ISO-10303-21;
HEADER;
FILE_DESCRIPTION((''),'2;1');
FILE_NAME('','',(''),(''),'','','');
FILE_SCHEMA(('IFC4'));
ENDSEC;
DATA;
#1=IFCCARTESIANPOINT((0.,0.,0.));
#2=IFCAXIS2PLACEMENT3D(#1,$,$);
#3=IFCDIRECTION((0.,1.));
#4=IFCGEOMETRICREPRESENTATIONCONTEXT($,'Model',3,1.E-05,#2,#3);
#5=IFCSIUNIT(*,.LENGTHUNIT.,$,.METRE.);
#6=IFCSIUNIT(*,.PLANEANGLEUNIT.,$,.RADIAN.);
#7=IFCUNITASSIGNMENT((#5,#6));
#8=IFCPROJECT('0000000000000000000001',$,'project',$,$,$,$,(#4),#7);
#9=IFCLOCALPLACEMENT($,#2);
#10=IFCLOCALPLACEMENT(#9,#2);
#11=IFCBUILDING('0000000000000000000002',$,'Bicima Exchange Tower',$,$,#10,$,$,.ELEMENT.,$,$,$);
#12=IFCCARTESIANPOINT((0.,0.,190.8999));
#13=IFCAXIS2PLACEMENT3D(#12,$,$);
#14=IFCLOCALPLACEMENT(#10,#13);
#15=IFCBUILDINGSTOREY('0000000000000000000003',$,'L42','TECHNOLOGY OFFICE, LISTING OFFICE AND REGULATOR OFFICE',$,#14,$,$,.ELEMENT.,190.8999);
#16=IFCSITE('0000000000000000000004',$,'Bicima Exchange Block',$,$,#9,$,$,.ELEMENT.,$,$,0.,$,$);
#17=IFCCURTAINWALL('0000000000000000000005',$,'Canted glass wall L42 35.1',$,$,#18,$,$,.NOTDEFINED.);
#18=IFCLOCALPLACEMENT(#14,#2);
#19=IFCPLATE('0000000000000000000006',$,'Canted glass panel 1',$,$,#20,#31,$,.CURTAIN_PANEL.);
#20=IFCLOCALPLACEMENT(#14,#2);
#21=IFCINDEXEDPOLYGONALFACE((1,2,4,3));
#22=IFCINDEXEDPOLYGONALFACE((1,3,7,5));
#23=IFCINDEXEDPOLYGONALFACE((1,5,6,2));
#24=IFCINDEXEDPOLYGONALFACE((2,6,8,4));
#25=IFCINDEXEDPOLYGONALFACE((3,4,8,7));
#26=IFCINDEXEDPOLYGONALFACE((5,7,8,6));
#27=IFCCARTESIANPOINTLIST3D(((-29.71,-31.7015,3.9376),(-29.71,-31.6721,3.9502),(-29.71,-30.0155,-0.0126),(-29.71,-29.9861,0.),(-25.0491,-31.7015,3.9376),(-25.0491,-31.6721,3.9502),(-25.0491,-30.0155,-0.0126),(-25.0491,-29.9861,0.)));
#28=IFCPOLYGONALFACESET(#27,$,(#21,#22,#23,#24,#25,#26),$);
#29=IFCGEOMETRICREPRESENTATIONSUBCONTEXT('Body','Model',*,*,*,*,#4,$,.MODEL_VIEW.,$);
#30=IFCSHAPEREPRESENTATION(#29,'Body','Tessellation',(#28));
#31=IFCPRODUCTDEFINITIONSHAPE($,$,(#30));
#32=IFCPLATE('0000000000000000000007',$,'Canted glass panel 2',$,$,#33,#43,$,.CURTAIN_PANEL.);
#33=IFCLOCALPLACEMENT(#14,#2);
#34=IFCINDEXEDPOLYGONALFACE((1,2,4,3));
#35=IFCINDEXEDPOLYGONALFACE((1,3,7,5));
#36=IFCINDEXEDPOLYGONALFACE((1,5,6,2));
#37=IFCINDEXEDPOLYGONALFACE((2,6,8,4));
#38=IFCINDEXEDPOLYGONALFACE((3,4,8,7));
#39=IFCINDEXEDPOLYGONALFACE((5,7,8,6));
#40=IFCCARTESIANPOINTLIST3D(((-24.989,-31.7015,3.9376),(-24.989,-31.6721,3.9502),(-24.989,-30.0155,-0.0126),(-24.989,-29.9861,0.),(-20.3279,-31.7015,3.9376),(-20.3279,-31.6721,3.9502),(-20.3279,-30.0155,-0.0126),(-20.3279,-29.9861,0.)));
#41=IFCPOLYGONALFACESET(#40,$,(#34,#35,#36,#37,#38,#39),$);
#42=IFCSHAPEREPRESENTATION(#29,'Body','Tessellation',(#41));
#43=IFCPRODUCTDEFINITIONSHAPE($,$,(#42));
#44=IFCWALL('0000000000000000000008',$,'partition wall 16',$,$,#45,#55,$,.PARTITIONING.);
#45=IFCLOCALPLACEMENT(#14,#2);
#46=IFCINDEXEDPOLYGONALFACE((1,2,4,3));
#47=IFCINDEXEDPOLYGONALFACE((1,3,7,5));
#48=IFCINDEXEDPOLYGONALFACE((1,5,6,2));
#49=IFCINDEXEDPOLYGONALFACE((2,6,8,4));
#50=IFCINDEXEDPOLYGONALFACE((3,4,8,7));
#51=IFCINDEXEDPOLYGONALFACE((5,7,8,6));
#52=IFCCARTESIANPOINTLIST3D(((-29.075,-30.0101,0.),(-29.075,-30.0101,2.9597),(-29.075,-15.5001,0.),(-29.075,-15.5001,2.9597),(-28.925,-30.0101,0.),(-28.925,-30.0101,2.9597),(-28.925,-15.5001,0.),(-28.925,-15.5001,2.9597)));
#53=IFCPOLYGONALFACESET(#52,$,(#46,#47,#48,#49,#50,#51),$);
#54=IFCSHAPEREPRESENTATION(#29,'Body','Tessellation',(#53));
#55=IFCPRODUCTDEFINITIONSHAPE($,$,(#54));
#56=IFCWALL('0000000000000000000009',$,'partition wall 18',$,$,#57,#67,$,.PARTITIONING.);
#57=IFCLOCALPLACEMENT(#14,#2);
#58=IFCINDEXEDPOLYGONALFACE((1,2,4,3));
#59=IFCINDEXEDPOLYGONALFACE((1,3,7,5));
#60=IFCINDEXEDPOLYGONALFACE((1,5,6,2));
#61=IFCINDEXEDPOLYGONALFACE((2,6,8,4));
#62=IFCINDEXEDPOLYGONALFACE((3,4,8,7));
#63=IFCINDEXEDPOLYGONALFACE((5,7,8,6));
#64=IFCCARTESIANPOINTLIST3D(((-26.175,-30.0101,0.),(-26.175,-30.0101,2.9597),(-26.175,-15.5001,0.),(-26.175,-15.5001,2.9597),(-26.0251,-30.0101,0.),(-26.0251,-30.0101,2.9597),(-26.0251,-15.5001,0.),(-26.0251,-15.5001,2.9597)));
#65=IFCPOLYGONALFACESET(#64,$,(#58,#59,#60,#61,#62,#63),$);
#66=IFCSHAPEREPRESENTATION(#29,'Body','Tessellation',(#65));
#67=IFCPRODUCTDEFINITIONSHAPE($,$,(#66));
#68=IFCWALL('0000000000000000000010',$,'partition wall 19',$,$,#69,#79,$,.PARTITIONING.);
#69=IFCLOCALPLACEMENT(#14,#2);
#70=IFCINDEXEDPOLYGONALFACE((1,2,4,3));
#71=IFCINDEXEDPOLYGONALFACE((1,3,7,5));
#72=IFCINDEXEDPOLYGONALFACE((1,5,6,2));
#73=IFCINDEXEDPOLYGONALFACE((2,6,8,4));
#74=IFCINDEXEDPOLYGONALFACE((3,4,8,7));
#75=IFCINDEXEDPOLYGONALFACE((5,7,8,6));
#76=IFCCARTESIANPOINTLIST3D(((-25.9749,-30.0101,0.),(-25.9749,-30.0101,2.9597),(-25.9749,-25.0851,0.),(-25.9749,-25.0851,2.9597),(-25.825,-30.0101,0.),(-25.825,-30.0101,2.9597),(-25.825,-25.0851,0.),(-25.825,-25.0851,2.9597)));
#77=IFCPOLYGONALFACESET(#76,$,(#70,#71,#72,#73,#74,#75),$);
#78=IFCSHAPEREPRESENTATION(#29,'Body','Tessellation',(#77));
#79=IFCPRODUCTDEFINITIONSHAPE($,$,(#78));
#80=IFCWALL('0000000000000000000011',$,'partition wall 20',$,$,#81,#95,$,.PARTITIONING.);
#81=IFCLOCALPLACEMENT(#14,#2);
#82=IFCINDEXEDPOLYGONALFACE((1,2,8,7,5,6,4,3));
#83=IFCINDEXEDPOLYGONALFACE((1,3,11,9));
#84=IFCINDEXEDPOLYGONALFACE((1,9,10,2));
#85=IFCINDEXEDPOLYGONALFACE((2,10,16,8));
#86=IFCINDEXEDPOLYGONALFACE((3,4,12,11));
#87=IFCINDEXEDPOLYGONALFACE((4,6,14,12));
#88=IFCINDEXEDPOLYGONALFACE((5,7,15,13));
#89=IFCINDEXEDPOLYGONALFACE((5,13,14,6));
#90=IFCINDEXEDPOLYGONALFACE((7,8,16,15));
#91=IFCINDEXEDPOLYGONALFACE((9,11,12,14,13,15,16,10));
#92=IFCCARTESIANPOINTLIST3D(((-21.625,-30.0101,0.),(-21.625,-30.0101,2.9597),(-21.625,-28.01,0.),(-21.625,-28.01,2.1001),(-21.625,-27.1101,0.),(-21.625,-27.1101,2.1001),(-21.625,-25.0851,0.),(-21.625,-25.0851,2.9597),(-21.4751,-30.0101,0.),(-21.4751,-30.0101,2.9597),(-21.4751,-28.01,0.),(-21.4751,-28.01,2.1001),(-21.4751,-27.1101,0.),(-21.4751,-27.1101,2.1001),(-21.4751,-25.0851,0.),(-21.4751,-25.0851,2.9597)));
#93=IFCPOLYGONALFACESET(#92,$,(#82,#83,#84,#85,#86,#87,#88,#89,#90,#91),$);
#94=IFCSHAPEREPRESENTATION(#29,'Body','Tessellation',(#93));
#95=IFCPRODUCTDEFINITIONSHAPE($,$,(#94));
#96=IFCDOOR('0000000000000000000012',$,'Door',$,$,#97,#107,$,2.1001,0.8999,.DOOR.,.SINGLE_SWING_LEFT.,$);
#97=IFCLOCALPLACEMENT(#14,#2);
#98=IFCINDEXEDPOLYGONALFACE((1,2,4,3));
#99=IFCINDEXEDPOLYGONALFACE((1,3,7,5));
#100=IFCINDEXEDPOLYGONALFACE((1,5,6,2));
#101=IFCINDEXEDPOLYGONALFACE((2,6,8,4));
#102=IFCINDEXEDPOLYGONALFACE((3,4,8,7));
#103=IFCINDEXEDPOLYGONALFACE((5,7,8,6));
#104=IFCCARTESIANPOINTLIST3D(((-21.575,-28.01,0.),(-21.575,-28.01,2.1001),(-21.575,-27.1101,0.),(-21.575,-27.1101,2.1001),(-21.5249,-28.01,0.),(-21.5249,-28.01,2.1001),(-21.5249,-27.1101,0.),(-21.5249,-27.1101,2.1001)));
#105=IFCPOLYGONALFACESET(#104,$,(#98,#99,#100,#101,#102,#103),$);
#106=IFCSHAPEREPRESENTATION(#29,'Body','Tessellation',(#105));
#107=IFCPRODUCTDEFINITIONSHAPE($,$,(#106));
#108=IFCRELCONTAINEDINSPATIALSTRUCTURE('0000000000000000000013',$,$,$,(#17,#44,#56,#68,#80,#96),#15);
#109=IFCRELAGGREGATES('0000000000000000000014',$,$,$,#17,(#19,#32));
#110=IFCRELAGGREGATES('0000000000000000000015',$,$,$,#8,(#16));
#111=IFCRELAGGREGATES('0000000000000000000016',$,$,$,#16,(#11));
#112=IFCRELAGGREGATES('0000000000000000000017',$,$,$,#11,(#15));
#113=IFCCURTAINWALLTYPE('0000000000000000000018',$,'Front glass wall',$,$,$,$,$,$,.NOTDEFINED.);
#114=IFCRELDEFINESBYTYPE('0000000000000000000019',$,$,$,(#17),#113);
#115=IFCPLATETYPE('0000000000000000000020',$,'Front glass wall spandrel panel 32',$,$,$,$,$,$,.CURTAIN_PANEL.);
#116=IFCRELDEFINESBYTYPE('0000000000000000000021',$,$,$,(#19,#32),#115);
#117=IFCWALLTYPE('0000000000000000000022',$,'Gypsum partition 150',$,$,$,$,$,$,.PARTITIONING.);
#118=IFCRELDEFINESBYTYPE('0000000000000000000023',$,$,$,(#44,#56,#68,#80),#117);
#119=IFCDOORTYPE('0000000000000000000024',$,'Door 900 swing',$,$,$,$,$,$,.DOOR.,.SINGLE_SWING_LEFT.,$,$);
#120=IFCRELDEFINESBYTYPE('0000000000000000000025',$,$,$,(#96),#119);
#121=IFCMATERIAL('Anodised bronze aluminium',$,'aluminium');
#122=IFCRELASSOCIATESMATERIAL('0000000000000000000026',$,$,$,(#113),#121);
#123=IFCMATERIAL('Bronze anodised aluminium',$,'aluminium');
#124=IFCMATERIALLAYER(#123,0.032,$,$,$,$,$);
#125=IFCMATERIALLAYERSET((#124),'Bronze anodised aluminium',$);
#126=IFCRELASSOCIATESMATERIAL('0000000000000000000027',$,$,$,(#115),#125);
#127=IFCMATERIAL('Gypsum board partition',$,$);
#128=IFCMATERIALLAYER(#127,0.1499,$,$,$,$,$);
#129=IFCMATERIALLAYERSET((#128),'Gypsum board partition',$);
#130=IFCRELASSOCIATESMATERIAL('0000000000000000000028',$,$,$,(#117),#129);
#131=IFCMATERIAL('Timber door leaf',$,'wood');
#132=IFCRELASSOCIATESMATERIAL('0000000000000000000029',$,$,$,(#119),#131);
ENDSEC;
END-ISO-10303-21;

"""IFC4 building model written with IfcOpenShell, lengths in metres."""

from ifc_helpers import new_model, si_unit, direction, frame, frame_2d, origin, place, context, subcontext, project, spatial, polyline, rectangle, outline, extrude, material, layer, layer_set, type_object, element, fill, aggregate, save


model = new_model("IFC4")

# Units and contexts
model_context = context("Model", 3, precision=1e-05, world=origin(), true_north=direction((0.0, 1.0)))
body_context = subcontext(model_context, "Body", "Model", "MODEL_VIEW")
ifc_project = project(units=[si_unit("LENGTHUNIT", "METRE"), si_unit("PLANEANGLEUNIT", "RADIAN")], contexts=[model_context])

# Site, building, storey
site_placement = place(None, origin())
site = spatial("IfcSite", under=ifc_project, at=site_placement, Name="Bicima Exchange Block", CompositionType="ELEMENT", RefElevation=0.0)
building_placement = place(site_placement, origin())
building = spatial("IfcBuilding", under=site, at=building_placement, Name="Bicima Exchange Tower", CompositionType="ELEMENT")
storey_placement = place(building_placement, frame((0.0, 0.0, 190.8999)))
storey = spatial("IfcBuildingStorey", under=building, at=storey_placement, Name="L42", Description="TECHNOLOGY OFFICE, LISTING OFFICE AND REGULATOR OFFICE", CompositionType="ELEMENT", Elevation=190.8999)

# Curtain wall
ifc_material_1 = material(Name="Anodised bronze aluminium", Category="aluminium")
curtain_wall_type = type_object("IfcCurtainWallType", Name="Front glass wall", PredefinedType="NOTDEFINED", material=ifc_material_1)
curtain_wall_1_placement = place(storey_placement, origin())
curtain_wall_1 = element("IfcCurtainWall", 1, at=curtain_wall_1_placement, inside=storey, type_object=curtain_wall_type, Name="Canted glass wall L42 35.1", PredefinedType="NOTDEFINED")

# Plates
ifc_material_2 = material(Name="Bronze anodised aluminium", Category="aluminium")
ifc_layer_1 = layer(ifc_material_2, 0.032)
ifc_layer_set_1 = layer_set([ifc_layer_1], Name="Bronze anodised aluminium")
plate_type_1 = type_object("IfcPlateType", Name="Front glass wall spandrel panel 32", PredefinedType="CURTAIN_PANEL", material=ifc_layer_set_1)
plate_1_placement = place(storey_placement, frame((-29.71, -29.9861, 0.0), z_axis=(0.0, 0.919726, 0.392561), x_axis=(1.0, 0.0, 0.0)))
plate_1 = element("IfcPlate", 2, at=plate_1_placement, type_object=plate_type_1, Name="Canted glass panel 1", PredefinedType="CURTAIN_PANEL", context=body_context, shape_type="SweptSolid", body=[
    extrude(outline(polyline([(0.0, 0.0), (4.6609, 0.0), (4.6609, -4.295), (0.0, -4.295), (0.0, 0.0)])), origin(), (0.0, 0.0, -1.0), 0.032),
])
plate_2_placement = place(storey_placement, frame((-24.989, -29.9861, 0.0), z_axis=(0.0, 0.919726, 0.392561), x_axis=(1.0, 0.0, 0.0)))
plate_2 = element("IfcPlate", 3, at=plate_2_placement, type_object=plate_type_1, Name="Canted glass panel 2", PredefinedType="CURTAIN_PANEL", context=body_context, shape_type="SweptSolid", body=[
    extrude(outline(polyline([(0.0, 0.0), (4.6611, 0.0), (4.6611, -4.295), (0.0, -4.295), (0.0, 0.0)])), origin(), (0.0, 0.0, -1.0), 0.032),
])
aggregate(curtain_wall_1, [plate_1, plate_2])

# Walls
ifc_material_3 = material(Name="Gypsum board partition")
ifc_layer_2 = layer(ifc_material_3, 0.1499)
ifc_layer_set_2 = layer_set([ifc_layer_2], Name="Gypsum board partition")
wall_type = type_object("IfcWallType", Name="Gypsum partition 150", PredefinedType="PARTITIONING", material=ifc_layer_set_2)
for number, where, z_axis, x_axis, name in (
    (4, (-29.0, -30.01, 0.0), (0.0, 0.0, 1.0), (0.0, 1.0, 0.0), "partition wall 16"),
    (5, (-26.1001, -30.01, 0.0), (0.0, 0.0, 1.0), (0.0, 1.0, 0.0), "partition wall 18"),
):
    element("IfcWall", number, at=place(storey_placement, frame(where, z_axis=z_axis, x_axis=x_axis)), inside=storey, type_object=wall_type, Name=name, PredefinedType="PARTITIONING", context=body_context, shape_type="SweptSolid", body=[
        extrude(rectangle(XDim=14.51, YDim=0.1499, at=frame_2d((7.2549, 0.0))), origin(), (0.0, 0.0, 1.0), 2.9597),
    ])
wall_1_placement = place(storey_placement, frame((-25.8999, -30.01, 0.0), z_axis=(0.0, 0.0, 1.0), x_axis=(0.0, 1.0, 0.0)))
element("IfcWall", 6, at=wall_1_placement, inside=storey, type_object=wall_type, Name="partition wall 19", PredefinedType="PARTITIONING", context=body_context, shape_type="SweptSolid", body=[
    extrude(rectangle(XDim=4.925, YDim=0.1499, at=frame_2d((2.4624, 0.0))), origin(), (0.0, 0.0, 1.0), 2.9597),
])

# Wall, opening, door
wall_2_placement = place(storey_placement, frame((-21.55, -30.01, 0.0), z_axis=(0.0, 0.0, 1.0), x_axis=(0.0, 1.0, 0.0)))
wall_2 = element("IfcWall", 7, at=wall_2_placement, inside=storey, type_object=wall_type, Name="partition wall 20", PredefinedType="PARTITIONING", context=body_context, shape_type="SweptSolid", body=[
    extrude(rectangle(XDim=4.925, YDim=0.1499, at=frame_2d((2.4624, 0.0))), origin(), (0.0, 0.0, 1.0), 2.9597),
])
opening_placement = place(wall_2_placement, frame((2.0, 0.0, 0.0)))
opening = element("IfcOpeningElement", 8, at=opening_placement, cuts=wall_2, PredefinedType="OPENING", context=body_context, shape_type="SweptSolid", body=[
    extrude(rectangle(XDim=0.8999, YDim=2.1001, at=frame_2d((0.45, 1.05))), frame((0.0, 0.0869, 0.0), z_axis=(0.0, -1.0, 0.0), x_axis=(1.0, 0.0, 0.0)), (0.0, 0.0, 1.0), 0.1738),
])
ifc_material_4 = material(Name="Timber door leaf", Category="wood")
door_type = type_object("IfcDoorType", Name="Door 900 swing", OperationType="SINGLE_SWING_LEFT", PredefinedType="DOOR", material=ifc_material_4)
door_placement = place(opening_placement, origin())
door = element("IfcDoor", 9, at=door_placement, inside=storey, type_object=door_type, Name="Door", OperationType="SINGLE_SWING_LEFT", OverallHeight=2.1001, OverallWidth=0.8999, PredefinedType="DOOR", context=body_context, shape_type="SweptSolid", body=[
    extrude(rectangle(XDim=0.8999, YDim=2.1001, at=frame_2d((0.45, 1.05))), frame((0.0, 0.0249, 0.0), z_axis=(0.0, -1.0, 0.0), x_axis=(1.0, 0.0, 0.0)), (0.0, 0.0, 1.0), 0.05),
])
fill(opening, door)

save(model, "model.ifc")
